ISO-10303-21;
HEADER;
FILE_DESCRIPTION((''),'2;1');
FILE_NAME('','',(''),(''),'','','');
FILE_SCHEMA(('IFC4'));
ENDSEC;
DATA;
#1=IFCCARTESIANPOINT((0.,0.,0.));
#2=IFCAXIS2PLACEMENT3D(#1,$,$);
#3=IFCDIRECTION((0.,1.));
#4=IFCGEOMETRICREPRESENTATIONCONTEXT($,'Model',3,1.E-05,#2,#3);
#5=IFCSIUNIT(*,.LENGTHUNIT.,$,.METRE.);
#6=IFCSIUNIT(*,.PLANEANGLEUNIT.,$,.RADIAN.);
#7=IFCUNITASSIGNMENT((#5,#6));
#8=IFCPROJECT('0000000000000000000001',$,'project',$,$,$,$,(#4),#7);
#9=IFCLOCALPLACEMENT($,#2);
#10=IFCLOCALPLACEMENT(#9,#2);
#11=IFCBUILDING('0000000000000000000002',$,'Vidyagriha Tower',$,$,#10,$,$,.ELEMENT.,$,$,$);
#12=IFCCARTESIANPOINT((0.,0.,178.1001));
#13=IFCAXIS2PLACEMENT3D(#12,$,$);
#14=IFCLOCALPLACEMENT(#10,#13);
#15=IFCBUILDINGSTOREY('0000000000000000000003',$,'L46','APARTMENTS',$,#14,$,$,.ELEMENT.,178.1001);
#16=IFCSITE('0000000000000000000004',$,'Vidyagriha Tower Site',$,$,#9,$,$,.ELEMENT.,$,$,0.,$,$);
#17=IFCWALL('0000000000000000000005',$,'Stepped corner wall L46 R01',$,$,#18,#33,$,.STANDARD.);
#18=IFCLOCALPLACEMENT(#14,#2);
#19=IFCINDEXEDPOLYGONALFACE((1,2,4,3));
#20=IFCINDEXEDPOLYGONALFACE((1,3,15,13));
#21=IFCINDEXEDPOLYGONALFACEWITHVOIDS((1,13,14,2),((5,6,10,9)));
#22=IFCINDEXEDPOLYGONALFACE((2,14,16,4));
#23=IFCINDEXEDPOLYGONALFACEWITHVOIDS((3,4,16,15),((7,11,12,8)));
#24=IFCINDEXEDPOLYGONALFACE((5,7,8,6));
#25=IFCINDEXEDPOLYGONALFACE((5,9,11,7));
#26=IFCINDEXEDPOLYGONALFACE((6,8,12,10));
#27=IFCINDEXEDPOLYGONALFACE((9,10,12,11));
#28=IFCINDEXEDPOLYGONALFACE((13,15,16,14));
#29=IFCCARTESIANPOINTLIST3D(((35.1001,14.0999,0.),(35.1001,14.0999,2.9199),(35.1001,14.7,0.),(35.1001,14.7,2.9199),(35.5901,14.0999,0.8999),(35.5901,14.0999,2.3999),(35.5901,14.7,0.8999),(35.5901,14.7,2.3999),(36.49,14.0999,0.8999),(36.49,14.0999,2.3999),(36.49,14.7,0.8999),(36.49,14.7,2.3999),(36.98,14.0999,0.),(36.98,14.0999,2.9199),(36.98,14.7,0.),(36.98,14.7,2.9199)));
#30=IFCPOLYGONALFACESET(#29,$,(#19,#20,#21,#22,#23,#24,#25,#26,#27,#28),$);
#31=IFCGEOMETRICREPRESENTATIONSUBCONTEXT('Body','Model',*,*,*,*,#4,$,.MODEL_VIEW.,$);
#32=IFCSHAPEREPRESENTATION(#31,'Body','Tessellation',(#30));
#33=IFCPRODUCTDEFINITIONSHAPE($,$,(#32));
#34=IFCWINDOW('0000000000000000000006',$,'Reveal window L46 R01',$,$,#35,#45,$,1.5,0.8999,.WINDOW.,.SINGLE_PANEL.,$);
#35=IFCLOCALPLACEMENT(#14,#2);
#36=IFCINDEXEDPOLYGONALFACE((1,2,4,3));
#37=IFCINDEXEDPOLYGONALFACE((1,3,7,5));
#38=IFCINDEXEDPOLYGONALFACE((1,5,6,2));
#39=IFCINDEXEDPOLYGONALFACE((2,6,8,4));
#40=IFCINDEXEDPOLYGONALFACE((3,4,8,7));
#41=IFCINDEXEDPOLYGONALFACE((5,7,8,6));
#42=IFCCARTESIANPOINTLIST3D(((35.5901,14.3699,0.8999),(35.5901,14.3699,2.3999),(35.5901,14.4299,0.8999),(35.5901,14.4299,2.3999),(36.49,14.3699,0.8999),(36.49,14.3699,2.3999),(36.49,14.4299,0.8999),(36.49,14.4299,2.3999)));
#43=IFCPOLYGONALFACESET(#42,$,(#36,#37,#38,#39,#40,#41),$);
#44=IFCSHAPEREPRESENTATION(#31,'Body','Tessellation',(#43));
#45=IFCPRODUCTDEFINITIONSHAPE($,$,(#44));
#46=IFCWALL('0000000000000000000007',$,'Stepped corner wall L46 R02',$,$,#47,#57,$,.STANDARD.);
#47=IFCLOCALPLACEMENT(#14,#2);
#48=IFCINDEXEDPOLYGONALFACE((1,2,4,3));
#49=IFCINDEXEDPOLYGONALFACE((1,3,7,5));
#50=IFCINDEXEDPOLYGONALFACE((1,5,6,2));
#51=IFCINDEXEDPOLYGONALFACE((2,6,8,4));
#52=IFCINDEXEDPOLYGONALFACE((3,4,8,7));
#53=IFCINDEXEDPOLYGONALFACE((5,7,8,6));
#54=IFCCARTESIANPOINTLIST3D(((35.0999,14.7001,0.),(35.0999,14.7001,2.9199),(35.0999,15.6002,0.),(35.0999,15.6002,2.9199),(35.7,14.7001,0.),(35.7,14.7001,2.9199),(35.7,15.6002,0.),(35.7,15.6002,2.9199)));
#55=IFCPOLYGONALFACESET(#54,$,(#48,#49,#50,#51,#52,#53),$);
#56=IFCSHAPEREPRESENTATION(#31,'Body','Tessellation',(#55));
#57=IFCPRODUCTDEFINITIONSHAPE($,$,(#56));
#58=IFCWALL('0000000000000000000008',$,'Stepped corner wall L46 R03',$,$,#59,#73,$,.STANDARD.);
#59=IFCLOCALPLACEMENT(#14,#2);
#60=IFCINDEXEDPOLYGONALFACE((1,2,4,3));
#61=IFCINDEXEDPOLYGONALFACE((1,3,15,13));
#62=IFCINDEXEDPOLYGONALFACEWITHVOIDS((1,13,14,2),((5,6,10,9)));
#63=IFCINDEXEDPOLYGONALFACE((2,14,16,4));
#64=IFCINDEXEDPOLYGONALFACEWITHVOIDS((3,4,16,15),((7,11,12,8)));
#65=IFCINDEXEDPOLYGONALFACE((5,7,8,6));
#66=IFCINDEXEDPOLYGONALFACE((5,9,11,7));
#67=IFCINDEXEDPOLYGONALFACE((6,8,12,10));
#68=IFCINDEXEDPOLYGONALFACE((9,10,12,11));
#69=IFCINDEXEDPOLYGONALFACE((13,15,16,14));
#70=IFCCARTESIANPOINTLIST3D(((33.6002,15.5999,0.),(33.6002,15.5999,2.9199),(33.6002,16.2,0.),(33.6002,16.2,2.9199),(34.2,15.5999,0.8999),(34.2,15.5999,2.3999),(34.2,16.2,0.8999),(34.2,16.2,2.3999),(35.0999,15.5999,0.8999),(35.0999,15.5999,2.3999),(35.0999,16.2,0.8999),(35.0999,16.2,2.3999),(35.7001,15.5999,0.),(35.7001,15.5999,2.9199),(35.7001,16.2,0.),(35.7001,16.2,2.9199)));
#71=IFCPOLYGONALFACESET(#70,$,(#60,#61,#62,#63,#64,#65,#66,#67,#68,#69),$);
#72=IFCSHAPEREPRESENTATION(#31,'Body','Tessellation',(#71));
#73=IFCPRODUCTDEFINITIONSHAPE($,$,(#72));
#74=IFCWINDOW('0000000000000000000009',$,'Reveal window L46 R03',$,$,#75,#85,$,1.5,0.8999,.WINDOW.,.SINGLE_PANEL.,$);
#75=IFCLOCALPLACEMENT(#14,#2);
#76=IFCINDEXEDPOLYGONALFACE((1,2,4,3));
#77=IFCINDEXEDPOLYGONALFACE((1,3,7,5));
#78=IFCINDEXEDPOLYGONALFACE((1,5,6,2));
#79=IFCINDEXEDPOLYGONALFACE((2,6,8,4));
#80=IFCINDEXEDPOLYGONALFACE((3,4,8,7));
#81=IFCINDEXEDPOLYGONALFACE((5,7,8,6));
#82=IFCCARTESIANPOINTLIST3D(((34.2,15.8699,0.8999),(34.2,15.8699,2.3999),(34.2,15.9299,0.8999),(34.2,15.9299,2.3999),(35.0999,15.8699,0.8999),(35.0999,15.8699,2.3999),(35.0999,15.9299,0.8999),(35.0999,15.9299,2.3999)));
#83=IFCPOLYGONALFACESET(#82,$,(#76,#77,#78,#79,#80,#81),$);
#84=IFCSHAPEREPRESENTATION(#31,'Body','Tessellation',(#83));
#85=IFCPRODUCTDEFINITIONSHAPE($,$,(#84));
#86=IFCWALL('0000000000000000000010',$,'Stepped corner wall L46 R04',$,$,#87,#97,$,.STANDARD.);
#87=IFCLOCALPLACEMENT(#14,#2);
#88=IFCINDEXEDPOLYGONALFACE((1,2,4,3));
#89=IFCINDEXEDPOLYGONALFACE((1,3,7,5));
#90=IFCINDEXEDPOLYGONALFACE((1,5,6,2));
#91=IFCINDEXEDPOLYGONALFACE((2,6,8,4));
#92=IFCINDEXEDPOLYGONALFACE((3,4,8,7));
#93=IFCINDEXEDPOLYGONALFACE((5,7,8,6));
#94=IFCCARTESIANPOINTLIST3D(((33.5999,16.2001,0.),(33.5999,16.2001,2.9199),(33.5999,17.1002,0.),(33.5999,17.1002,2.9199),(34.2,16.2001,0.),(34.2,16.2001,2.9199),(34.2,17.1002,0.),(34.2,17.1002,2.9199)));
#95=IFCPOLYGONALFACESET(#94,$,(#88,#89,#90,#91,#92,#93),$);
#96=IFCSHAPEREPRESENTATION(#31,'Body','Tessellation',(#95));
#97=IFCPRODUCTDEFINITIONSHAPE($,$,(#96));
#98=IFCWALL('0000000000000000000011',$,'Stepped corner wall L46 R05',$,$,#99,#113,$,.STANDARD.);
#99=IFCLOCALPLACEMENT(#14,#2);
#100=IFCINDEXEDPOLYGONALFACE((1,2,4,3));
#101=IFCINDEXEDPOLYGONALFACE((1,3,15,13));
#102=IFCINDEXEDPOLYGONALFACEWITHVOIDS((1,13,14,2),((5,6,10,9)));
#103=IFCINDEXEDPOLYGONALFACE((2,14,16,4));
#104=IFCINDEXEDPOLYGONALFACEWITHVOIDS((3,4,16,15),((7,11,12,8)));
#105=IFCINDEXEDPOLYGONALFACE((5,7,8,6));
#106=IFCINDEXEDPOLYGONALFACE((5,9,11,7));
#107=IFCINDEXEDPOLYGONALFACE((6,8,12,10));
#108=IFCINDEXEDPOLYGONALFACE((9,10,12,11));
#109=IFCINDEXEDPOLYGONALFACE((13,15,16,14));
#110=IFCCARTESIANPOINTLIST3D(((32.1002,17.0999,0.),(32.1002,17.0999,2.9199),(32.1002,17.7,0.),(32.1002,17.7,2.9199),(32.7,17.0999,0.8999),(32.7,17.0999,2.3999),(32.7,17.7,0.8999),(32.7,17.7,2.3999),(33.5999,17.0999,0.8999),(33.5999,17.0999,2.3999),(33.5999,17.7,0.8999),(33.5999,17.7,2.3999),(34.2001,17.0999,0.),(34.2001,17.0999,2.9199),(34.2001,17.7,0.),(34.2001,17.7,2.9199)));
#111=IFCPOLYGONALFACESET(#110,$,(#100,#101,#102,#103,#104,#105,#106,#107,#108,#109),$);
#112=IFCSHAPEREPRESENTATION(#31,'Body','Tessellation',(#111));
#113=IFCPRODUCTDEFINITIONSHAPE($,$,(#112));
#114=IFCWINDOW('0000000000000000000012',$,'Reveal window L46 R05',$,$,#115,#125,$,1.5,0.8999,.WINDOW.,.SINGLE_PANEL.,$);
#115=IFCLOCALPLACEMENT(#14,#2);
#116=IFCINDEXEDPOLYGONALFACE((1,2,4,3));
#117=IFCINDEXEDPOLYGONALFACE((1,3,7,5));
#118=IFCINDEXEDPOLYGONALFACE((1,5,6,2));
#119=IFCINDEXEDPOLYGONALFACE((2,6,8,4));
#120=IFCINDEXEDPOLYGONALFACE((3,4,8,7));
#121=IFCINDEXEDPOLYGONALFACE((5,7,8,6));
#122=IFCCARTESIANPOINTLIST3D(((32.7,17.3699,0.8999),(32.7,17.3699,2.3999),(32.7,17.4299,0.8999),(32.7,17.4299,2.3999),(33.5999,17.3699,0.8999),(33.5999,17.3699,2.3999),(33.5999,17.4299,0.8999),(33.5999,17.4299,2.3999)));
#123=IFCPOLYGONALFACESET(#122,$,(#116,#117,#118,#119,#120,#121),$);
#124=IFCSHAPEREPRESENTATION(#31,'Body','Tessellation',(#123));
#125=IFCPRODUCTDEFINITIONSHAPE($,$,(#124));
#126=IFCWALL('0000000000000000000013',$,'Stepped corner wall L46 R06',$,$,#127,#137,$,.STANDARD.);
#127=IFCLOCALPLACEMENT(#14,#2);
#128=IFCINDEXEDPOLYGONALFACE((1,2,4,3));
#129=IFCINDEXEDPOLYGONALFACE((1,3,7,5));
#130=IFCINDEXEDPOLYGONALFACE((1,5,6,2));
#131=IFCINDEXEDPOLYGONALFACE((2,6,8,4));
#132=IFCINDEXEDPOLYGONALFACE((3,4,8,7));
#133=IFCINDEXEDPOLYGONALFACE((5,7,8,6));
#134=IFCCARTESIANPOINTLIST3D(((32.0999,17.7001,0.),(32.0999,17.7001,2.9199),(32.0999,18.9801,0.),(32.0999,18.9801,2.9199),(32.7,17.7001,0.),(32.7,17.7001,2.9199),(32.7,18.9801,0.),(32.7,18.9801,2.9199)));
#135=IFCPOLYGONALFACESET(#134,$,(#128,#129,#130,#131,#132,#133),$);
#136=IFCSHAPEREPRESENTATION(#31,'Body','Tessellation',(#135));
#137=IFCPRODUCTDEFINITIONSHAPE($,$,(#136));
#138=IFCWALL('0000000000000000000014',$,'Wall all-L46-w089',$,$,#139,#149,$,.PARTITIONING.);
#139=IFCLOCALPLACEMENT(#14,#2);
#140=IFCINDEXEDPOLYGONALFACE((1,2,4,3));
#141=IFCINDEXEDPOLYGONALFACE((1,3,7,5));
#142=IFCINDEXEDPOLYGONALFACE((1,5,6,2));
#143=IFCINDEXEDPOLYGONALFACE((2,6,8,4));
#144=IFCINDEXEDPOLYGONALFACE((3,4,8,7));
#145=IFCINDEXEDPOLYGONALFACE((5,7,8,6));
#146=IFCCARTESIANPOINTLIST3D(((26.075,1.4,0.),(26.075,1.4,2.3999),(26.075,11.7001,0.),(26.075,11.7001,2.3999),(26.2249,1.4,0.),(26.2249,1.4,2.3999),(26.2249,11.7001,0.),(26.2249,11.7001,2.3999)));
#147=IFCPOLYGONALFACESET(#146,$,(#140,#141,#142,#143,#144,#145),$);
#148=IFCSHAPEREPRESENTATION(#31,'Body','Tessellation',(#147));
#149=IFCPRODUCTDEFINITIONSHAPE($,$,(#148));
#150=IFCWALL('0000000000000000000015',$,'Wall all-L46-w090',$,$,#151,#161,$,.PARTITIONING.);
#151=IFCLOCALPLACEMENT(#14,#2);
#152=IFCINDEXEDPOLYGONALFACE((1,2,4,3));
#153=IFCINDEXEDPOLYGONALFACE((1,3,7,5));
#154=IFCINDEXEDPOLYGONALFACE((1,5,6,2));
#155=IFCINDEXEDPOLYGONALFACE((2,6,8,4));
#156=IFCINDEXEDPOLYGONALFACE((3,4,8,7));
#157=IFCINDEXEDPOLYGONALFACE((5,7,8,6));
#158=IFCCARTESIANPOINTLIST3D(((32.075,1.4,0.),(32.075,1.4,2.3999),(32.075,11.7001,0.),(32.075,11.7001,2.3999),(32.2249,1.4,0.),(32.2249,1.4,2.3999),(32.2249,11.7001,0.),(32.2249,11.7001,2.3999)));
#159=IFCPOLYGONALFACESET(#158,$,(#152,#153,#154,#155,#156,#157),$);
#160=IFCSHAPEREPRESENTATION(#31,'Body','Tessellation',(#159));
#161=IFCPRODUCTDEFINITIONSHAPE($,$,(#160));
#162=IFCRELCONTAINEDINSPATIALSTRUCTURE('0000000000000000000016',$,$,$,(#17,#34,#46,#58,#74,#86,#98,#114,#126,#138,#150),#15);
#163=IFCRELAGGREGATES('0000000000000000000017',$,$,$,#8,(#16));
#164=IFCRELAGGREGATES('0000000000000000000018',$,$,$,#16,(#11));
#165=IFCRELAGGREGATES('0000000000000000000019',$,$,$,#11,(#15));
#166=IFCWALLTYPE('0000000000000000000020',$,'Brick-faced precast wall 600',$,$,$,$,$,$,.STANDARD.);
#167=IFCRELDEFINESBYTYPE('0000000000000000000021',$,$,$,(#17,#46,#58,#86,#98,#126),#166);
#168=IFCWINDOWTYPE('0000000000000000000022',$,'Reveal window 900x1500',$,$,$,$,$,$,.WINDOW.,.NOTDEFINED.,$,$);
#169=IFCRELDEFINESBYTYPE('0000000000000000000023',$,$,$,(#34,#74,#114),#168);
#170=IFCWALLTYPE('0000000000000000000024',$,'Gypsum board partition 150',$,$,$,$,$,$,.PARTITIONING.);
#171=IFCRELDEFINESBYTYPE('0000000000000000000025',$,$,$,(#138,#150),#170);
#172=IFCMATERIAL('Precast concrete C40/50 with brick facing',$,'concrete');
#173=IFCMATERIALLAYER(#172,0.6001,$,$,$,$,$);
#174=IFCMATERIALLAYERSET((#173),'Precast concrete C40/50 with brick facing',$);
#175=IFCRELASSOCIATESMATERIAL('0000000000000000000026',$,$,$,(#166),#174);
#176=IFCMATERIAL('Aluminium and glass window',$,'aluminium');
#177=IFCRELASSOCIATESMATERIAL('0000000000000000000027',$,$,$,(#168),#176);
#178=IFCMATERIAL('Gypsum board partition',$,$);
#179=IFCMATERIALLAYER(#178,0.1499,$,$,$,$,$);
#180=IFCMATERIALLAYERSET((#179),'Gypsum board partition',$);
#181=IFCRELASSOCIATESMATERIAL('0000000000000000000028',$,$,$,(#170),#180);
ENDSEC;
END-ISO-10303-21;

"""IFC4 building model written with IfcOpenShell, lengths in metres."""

from ifc_helpers import new_model, si_unit, direction, frame, frame_2d, origin, place, context, subcontext, project, spatial, rectangle, extrude, material, layer, layer_set, type_object, element, fill, save


model = new_model("IFC4")

# Units and contexts
model_context = context("Model", 3, precision=1e-05, world=origin(), true_north=direction((0.0, 1.0)))
body_context = subcontext(model_context, "Body", "Model", "MODEL_VIEW")
ifc_project = project(units=[si_unit("LENGTHUNIT", "METRE"), si_unit("PLANEANGLEUNIT", "RADIAN")], contexts=[model_context])

# Site, building, storey
site_placement = place(None, origin())
site = spatial("IfcSite", under=ifc_project, at=site_placement, Name="Vidyagriha Tower Site", CompositionType="ELEMENT", RefElevation=0.0)
building_placement = place(site_placement, origin())
building = spatial("IfcBuilding", under=site, at=building_placement, Name="Vidyagriha Tower", CompositionType="ELEMENT")
storey_placement = place(building_placement, frame((0.0, 0.0, 178.1001)))
storey = spatial("IfcBuildingStorey", under=building, at=storey_placement, Name="L46", Description="APARTMENTS", CompositionType="ELEMENT", Elevation=178.1001)

# Wall, opening, window
ifc_material_1 = material(Name="Precast concrete C40/50 with brick facing", Category="concrete")
ifc_layer_1 = layer(ifc_material_1, 0.6001)
ifc_layer_set_1 = layer_set([ifc_layer_1], Name="Precast concrete C40/50 with brick facing")
wall_type_1 = type_object("IfcWallType", Name="Brick-faced precast wall 600", PredefinedType="STANDARD", material=ifc_layer_set_1)
wall_1_placement = place(storey_placement, frame((36.98, 14.3999, 0.0), z_axis=(0.0, 0.0, 1.0), x_axis=(-1.0, 0.0, 0.0)))
wall_1 = element("IfcWall", 1, at=wall_1_placement, inside=storey, type_object=wall_type_1, Name="Stepped corner wall L46 R01", PredefinedType="STANDARD", context=body_context, shape_type="SweptSolid", body=[
    extrude(rectangle(XDim=1.8799, YDim=0.6001, at=frame_2d((0.9399, 0.0))), origin(), (0.0, 0.0, 1.0), 2.9199),
])
opening_1_placement = place(wall_1_placement, frame((0.49, 0.0, 0.8999)))
opening_1 = element("IfcOpeningElement", 2, at=opening_1_placement, cuts=wall_1, PredefinedType="OPENING", context=body_context, shape_type="SweptSolid", body=[
    extrude(rectangle(XDim=0.8999, YDim=1.5, at=frame_2d((0.45, 0.75))), frame((0.0, 0.3101, 0.0), z_axis=(0.0, -1.0, 0.0), x_axis=(1.0, 0.0, 0.0)), (0.0, 0.0, 1.0), 0.6201),
])
ifc_material_2 = material(Name="Aluminium and glass window", Category="aluminium")
window_type = type_object("IfcWindowType", Name="Reveal window 900x1500", PartitioningType="NOTDEFINED", PredefinedType="WINDOW", material=ifc_material_2)
window_1_placement = place(opening_1_placement, origin())
window_1 = element("IfcWindow", 3, at=window_1_placement, inside=storey, type_object=window_type, Name="Reveal window L46 R01", OverallHeight=1.5, OverallWidth=0.8999, PartitioningType="SINGLE_PANEL", PredefinedType="WINDOW", context=body_context, shape_type="SweptSolid", body=[
    extrude(rectangle(XDim=0.8999, YDim=1.5, at=frame_2d((0.45, 0.75))), frame((0.0, 0.03, 0.0), z_axis=(0.0, -1.0, 0.0), x_axis=(1.0, 0.0, 0.0)), (0.0, 0.0, 1.0), 0.0601),
])
fill(opening_1, window_1)

# Wall
wall_2_placement = place(storey_placement, frame((35.3999, 14.7, 0.0), z_axis=(0.0, 0.0, 1.0), x_axis=(0.0, 1.0, 0.0)))
element("IfcWall", 4, at=wall_2_placement, inside=storey, type_object=wall_type_1, Name="Stepped corner wall L46 R02", PredefinedType="STANDARD", context=body_context, shape_type="SweptSolid", body=[
    extrude(rectangle(XDim=0.9001, YDim=0.6001, at=frame_2d((0.4502, 0.0))), origin(), (0.0, 0.0, 1.0), 2.9199),
])

# Wall, opening, window
wall_3_placement = place(storey_placement, frame((35.7, 15.8999, 0.0), z_axis=(0.0, 0.0, 1.0), x_axis=(-1.0, 0.0, 0.0)))
wall_3 = element("IfcWall", 5, at=wall_3_placement, inside=storey, type_object=wall_type_1, Name="Stepped corner wall L46 R03", PredefinedType="STANDARD", context=body_context, shape_type="SweptSolid", body=[
    extrude(rectangle(XDim=2.0999, YDim=0.6001, at=frame_2d((1.0498, 0.0))), origin(), (0.0, 0.0, 1.0), 2.9199),
])
opening_2_placement = place(wall_3_placement, frame((0.6001, 0.0, 0.8999)))
opening_2 = element("IfcOpeningElement", 6, at=opening_2_placement, cuts=wall_3, PredefinedType="OPENING", context=body_context, shape_type="SweptSolid", body=[
    extrude(rectangle(XDim=0.8999, YDim=1.5, at=frame_2d((0.45, 0.75))), frame((0.0, 0.3101, 0.0), z_axis=(0.0, -1.0, 0.0), x_axis=(1.0, 0.0, 0.0)), (0.0, 0.0, 1.0), 0.6201),
])
window_2_placement = place(opening_2_placement, origin())
window_2 = element("IfcWindow", 7, at=window_2_placement, inside=storey, type_object=window_type, Name="Reveal window L46 R03", OverallHeight=1.5, OverallWidth=0.8999, PartitioningType="SINGLE_PANEL", PredefinedType="WINDOW", context=body_context, shape_type="SweptSolid", body=[
    extrude(rectangle(XDim=0.8999, YDim=1.5, at=frame_2d((0.45, 0.75))), frame((0.0, 0.03, 0.0), z_axis=(0.0, -1.0, 0.0), x_axis=(1.0, 0.0, 0.0)), (0.0, 0.0, 1.0), 0.0601),
])
fill(opening_2, window_2)

# Wall
wall_4_placement = place(storey_placement, frame((33.8999, 16.2, 0.0), z_axis=(0.0, 0.0, 1.0), x_axis=(0.0, 1.0, 0.0)))
element("IfcWall", 8, at=wall_4_placement, inside=storey, type_object=wall_type_1, Name="Stepped corner wall L46 R04", PredefinedType="STANDARD", context=body_context, shape_type="SweptSolid", body=[
    extrude(rectangle(XDim=0.9001, YDim=0.6001, at=frame_2d((0.4502, 0.0))), origin(), (0.0, 0.0, 1.0), 2.9199),
])

# Wall, opening, window
wall_5_placement = place(storey_placement, frame((34.2, 17.3999, 0.0), z_axis=(0.0, 0.0, 1.0), x_axis=(-1.0, 0.0, 0.0)))
wall_5 = element("IfcWall", 9, at=wall_5_placement, inside=storey, type_object=wall_type_1, Name="Stepped corner wall L46 R05", PredefinedType="STANDARD", context=body_context, shape_type="SweptSolid", body=[
    extrude(rectangle(XDim=2.0999, YDim=0.6001, at=frame_2d((1.0498, 0.0))), origin(), (0.0, 0.0, 1.0), 2.9199),
])
opening_3_placement = place(wall_5_placement, frame((0.6001, 0.0, 0.8999)))
opening_3 = element("IfcOpeningElement", 10, at=opening_3_placement, cuts=wall_5, PredefinedType="OPENING", context=body_context, shape_type="SweptSolid", body=[
    extrude(rectangle(XDim=0.8999, YDim=1.5, at=frame_2d((0.45, 0.75))), frame((0.0, 0.3101, 0.0), z_axis=(0.0, -1.0, 0.0), x_axis=(1.0, 0.0, 0.0)), (0.0, 0.0, 1.0), 0.6201),
])
window_3_placement = place(opening_3_placement, origin())
window_3 = element("IfcWindow", 11, at=window_3_placement, inside=storey, type_object=window_type, Name="Reveal window L46 R05", OverallHeight=1.5, OverallWidth=0.8999, PartitioningType="SINGLE_PANEL", PredefinedType="WINDOW", context=body_context, shape_type="SweptSolid", body=[
    extrude(rectangle(XDim=0.8999, YDim=1.5, at=frame_2d((0.45, 0.75))), frame((0.0, 0.03, 0.0), z_axis=(0.0, -1.0, 0.0), x_axis=(1.0, 0.0, 0.0)), (0.0, 0.0, 1.0), 0.0601),
])
fill(opening_3, window_3)

# Walls
wall_6_placement = place(storey_placement, frame((32.3999, 17.7, 0.0), z_axis=(0.0, 0.0, 1.0), x_axis=(0.0, 1.0, 0.0)))
element("IfcWall", 12, at=wall_6_placement, inside=storey, type_object=wall_type_1, Name="Stepped corner wall L46 R06", PredefinedType="STANDARD", context=body_context, shape_type="SweptSolid", body=[
    extrude(rectangle(XDim=1.28, YDim=0.6001, at=frame_2d((0.6401, 0.0))), origin(), (0.0, 0.0, 1.0), 2.9199),
])
ifc_material_3 = material(Name="Gypsum board partition")
ifc_layer_2 = layer(ifc_material_3, 0.1499)
ifc_layer_set_2 = layer_set([ifc_layer_2], Name="Gypsum board partition")
wall_type_2 = type_object("IfcWallType", Name="Gypsum board partition 150", PredefinedType="PARTITIONING", material=ifc_layer_set_2)
for number, where, z_axis, x_axis, name in (
    (13, (26.1499, 11.7, 0.0), (0.0, 0.0, 1.0), (0.0, -1.0, 0.0), "Wall all-L46-w089"),
    (14, (32.1499, 11.7, 0.0), (0.0, 0.0, 1.0), (0.0, -1.0, 0.0), "Wall all-L46-w090"),
):
    element("IfcWall", number, at=place(storey_placement, frame(where, z_axis=z_axis, x_axis=x_axis)), inside=storey, type_object=wall_type_2, Name=name, PredefinedType="PARTITIONING", context=body_context, shape_type="SweptSolid", body=[
        extrude(rectangle(XDim=10.3, YDim=0.1499, at=frame_2d((5.1499, 0.0))), origin(), (0.0, 0.0, 1.0), 2.3999),
    ])

save(model, "model.ifc")
